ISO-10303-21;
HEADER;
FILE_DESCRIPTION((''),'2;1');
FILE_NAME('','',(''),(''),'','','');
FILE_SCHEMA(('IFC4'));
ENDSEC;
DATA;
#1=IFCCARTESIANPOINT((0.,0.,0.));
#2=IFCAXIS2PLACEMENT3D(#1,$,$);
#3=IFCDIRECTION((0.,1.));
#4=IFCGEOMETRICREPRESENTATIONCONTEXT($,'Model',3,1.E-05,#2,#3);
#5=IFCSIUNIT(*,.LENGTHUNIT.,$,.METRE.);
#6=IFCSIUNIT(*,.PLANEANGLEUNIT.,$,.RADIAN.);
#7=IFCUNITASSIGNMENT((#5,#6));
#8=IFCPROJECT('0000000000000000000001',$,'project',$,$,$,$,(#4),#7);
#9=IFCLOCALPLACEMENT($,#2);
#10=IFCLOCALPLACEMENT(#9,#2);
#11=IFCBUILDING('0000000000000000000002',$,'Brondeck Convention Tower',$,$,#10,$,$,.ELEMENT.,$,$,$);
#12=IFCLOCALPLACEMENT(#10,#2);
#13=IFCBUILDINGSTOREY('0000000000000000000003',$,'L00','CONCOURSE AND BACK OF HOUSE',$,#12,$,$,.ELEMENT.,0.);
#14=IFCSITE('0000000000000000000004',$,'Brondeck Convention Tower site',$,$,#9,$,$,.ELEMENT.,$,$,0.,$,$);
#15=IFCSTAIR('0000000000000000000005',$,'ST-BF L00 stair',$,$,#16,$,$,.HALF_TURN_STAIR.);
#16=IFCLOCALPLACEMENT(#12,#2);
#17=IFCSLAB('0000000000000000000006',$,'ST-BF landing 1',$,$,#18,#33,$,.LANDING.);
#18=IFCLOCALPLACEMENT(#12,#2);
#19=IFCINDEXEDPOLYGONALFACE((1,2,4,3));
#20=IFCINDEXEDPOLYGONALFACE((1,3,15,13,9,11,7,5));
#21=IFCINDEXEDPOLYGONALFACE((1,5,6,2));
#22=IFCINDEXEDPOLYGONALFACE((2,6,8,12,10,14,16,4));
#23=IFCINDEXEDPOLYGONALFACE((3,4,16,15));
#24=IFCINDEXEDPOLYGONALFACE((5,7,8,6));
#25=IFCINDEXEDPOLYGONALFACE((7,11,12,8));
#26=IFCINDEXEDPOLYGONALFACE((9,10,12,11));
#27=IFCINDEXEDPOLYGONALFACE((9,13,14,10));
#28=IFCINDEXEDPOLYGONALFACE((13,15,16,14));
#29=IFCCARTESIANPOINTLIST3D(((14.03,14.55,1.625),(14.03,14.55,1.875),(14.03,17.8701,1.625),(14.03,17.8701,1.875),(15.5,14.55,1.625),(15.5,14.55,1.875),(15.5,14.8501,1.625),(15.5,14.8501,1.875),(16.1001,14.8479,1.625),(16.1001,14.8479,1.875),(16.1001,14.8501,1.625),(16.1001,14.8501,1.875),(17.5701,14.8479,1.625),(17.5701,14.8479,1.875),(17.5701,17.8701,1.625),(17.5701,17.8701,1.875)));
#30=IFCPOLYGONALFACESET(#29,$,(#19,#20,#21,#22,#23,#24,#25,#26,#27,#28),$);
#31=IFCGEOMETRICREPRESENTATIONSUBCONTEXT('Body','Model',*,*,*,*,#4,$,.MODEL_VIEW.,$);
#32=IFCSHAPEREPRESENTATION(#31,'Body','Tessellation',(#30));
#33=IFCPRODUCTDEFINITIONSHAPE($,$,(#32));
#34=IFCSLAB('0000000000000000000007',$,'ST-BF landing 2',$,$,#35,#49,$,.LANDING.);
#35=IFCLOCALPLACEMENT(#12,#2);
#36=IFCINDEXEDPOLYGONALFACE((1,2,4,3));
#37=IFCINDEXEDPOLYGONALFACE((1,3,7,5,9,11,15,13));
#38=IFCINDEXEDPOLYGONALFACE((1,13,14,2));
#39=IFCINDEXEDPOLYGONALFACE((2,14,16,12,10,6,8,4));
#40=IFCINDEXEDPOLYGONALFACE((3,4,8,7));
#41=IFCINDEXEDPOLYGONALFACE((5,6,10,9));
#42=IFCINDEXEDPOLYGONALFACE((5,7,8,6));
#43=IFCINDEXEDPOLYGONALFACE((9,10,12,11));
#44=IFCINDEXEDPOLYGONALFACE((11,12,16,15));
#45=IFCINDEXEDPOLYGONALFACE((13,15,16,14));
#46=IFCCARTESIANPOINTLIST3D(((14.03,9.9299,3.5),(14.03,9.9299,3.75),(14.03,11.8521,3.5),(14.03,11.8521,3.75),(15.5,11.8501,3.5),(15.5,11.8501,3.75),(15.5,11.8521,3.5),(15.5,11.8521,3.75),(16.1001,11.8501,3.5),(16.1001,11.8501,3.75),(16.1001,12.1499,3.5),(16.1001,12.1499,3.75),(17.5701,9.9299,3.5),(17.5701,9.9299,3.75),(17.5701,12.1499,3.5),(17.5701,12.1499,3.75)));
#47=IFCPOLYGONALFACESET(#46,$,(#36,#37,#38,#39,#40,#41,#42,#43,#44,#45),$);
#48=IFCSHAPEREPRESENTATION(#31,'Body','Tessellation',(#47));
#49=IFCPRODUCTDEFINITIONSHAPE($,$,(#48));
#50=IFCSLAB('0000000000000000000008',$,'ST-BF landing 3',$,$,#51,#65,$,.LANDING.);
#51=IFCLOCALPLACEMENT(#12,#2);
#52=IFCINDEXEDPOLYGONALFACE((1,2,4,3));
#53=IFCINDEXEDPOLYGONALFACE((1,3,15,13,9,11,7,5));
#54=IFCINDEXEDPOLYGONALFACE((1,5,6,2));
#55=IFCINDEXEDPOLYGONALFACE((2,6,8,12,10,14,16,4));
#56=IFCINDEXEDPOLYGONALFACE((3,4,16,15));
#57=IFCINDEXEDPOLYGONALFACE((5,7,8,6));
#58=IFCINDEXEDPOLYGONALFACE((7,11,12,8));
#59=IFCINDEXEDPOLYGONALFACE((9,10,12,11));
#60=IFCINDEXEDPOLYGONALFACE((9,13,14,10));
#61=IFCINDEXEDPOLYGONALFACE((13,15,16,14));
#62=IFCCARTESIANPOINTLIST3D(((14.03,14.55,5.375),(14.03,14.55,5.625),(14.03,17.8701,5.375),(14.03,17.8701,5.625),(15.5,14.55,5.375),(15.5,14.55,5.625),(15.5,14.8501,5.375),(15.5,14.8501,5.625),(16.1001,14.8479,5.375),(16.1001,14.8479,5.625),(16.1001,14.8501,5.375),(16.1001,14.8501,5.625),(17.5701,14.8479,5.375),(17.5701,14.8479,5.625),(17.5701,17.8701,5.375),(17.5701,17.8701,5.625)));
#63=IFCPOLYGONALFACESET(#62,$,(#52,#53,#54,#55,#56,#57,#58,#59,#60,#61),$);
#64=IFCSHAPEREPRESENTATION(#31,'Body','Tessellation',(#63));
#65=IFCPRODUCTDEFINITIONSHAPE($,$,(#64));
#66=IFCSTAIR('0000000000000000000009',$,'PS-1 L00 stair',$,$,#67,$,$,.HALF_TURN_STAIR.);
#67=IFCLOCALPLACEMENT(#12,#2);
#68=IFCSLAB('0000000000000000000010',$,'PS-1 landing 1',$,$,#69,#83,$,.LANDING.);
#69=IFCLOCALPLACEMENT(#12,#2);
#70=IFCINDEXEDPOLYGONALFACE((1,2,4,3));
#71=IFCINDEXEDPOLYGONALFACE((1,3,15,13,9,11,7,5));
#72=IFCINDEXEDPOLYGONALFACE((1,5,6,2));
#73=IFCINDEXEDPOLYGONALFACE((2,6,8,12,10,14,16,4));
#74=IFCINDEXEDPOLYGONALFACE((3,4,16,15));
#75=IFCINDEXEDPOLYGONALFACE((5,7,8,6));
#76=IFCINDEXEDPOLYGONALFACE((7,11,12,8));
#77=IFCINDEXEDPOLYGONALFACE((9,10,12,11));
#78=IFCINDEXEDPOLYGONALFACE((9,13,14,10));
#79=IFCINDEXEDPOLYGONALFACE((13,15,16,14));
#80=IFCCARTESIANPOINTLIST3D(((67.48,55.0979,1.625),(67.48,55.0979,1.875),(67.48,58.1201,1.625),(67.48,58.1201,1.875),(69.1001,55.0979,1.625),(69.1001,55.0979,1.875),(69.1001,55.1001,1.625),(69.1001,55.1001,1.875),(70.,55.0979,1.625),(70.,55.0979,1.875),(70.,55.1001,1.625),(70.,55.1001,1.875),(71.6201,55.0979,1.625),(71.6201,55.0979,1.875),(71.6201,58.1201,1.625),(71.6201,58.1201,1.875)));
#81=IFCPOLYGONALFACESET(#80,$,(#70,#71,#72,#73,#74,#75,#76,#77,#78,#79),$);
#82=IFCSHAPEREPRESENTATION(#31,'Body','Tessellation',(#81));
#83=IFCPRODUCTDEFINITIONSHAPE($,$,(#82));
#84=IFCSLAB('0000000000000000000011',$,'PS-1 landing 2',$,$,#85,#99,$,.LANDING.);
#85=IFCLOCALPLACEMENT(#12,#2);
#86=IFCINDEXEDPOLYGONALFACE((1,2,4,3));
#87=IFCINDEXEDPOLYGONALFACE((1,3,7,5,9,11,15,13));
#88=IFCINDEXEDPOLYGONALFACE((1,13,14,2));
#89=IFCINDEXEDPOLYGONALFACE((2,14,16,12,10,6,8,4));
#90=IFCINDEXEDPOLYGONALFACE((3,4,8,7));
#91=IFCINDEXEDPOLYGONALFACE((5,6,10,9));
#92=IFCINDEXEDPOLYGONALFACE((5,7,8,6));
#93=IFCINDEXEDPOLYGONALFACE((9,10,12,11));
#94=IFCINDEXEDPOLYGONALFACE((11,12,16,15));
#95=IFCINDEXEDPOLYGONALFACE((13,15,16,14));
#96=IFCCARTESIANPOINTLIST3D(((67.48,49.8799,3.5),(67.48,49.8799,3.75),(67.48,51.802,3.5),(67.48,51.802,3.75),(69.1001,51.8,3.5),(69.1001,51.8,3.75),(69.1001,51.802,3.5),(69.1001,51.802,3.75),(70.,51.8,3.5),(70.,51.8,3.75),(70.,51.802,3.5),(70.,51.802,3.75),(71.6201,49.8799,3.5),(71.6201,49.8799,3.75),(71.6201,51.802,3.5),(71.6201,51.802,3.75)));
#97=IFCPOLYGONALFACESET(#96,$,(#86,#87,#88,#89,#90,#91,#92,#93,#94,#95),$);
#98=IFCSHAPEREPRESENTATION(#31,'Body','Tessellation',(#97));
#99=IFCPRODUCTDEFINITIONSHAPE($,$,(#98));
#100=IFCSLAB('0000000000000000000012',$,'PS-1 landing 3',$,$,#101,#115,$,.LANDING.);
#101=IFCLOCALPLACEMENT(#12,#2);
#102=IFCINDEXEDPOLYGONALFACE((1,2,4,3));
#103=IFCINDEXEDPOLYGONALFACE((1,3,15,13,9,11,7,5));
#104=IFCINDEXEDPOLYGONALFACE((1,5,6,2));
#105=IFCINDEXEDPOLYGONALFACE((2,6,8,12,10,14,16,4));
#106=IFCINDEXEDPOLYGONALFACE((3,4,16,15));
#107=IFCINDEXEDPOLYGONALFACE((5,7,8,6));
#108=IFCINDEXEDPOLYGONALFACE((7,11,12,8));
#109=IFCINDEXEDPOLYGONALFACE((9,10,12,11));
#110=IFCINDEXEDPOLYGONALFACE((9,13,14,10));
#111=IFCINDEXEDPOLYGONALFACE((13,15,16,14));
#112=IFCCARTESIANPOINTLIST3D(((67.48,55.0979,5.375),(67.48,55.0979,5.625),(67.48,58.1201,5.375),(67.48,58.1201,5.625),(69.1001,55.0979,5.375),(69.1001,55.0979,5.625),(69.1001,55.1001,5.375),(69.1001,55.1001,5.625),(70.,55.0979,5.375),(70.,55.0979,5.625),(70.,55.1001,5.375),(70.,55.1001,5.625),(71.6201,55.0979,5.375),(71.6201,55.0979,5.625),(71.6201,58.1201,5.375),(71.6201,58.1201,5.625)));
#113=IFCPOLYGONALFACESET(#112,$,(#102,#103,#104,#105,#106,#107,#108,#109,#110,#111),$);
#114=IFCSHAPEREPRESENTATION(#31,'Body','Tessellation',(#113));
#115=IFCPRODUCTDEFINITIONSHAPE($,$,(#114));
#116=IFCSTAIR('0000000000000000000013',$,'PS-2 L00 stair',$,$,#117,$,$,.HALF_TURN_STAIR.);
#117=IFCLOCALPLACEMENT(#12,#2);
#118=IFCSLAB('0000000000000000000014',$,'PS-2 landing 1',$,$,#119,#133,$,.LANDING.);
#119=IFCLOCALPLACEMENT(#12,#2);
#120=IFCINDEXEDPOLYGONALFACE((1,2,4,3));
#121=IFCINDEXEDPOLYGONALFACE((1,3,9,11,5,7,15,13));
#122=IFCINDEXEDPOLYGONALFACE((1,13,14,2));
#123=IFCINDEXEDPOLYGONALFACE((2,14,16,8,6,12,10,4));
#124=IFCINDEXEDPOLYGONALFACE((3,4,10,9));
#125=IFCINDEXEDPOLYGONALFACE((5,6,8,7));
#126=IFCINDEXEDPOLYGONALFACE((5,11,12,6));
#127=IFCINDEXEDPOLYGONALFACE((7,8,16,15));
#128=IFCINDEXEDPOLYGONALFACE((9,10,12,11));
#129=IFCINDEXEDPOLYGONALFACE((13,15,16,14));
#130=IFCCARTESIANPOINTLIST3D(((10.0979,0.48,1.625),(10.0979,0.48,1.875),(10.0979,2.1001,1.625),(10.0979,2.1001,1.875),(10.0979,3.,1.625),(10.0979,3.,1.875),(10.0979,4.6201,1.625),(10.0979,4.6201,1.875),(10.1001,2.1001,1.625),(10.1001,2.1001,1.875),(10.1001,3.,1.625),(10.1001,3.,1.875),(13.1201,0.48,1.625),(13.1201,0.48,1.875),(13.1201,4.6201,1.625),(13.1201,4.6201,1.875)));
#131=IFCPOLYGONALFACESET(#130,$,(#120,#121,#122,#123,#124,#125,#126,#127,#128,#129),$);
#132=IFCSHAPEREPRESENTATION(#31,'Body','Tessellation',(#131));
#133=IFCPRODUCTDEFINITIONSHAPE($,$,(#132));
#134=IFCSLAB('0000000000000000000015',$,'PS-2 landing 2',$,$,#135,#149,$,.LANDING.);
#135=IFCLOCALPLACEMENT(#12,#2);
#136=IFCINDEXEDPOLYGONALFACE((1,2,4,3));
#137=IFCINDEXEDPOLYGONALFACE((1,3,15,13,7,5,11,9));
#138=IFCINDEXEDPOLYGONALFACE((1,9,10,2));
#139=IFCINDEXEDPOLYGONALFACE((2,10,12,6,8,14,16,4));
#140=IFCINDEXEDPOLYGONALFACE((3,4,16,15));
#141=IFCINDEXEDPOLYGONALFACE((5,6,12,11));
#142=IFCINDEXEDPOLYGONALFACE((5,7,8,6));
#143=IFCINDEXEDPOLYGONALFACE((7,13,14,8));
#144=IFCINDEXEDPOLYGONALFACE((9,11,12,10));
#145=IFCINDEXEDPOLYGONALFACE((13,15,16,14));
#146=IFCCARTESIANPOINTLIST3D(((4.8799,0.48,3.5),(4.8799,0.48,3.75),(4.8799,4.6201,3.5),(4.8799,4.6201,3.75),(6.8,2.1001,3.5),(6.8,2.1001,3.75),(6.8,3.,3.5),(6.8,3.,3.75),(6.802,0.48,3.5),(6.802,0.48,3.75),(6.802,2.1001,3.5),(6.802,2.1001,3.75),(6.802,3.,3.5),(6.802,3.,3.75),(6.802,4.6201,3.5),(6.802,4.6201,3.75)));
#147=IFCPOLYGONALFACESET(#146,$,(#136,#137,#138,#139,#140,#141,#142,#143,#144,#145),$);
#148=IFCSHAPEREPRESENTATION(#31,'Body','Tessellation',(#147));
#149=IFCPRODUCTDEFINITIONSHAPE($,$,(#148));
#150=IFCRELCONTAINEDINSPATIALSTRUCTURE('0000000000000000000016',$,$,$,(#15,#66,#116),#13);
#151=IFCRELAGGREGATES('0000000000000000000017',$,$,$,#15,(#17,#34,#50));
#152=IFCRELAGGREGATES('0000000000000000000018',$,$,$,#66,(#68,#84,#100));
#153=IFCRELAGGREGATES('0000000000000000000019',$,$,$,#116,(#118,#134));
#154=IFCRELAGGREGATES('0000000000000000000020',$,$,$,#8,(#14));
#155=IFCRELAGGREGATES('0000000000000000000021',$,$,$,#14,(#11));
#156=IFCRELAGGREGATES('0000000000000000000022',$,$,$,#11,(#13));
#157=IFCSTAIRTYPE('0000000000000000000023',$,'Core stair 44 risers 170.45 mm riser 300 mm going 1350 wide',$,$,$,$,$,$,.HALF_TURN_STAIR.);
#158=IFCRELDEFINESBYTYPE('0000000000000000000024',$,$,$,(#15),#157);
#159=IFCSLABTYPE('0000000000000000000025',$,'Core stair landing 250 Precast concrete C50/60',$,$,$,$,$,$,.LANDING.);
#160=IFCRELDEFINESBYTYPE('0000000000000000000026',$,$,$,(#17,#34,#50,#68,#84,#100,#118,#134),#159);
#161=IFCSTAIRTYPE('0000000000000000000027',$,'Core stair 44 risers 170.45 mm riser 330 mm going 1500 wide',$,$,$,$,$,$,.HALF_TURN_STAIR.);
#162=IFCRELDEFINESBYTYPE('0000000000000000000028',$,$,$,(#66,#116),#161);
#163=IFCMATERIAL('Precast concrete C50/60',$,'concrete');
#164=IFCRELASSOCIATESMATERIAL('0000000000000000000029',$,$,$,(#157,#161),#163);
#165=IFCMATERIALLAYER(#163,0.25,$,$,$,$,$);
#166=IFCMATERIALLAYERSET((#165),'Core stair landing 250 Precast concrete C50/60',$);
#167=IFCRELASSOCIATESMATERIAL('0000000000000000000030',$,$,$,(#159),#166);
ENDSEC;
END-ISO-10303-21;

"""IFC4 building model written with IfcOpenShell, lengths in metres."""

from ifc_helpers import new_model, si_unit, direction, frame, origin, place, context, subcontext, project, spatial, polyline, outline, extrude, material, layer, layer_set, type_object, element, aggregate, save


model = new_model("IFC4")

# Units and contexts
model_context = context("Model", 3, precision=1e-05, world=origin(), true_north=direction((0.0, 1.0)))
body_context = subcontext(model_context, "Body", "Model", "MODEL_VIEW")
ifc_project = project(units=[si_unit("LENGTHUNIT", "METRE"), si_unit("PLANEANGLEUNIT", "RADIAN")], contexts=[model_context])

# Site, building, storey
site_placement = place(None, origin())
site = spatial("IfcSite", under=ifc_project, at=site_placement, Name="Brondeck Convention Tower site", CompositionType="ELEMENT", RefElevation=0.0)
building_placement = place(site_placement, origin())
building = spatial("IfcBuilding", under=site, at=building_placement, Name="Brondeck Convention Tower", CompositionType="ELEMENT")
storey_placement = place(building_placement, origin())
storey = spatial("IfcBuildingStorey", under=building, at=storey_placement, Name="L00", Description="CONCOURSE AND BACK OF HOUSE", CompositionType="ELEMENT", Elevation=0.0)

# Stairs, slabs
ifc_material_1 = material(Name="Precast concrete C50/60", Category="concrete")
stair_type_1 = type_object("IfcStairType", Name="Core stair 44 risers 170.45 mm riser 300 mm going 1350 wide", PredefinedType="HALF_TURN_STAIR", material=ifc_material_1)
ifc_layer_1 = layer(ifc_material_1, 0.25)
ifc_layer_set_1 = layer_set([ifc_layer_1], Name="Core stair landing 250 Precast concrete C50/60")
slab_type_1 = type_object("IfcSlabType", Name="Core stair landing 250 Precast concrete C50/60", PredefinedType="LANDING", material=ifc_layer_set_1)
stair_1_placement = place(storey_placement, origin())
stair_1 = element("IfcStair", 1, at=stair_1_placement, inside=storey, type_object=stair_type_1, Name="ST-BF L00 stair", PredefinedType="HALF_TURN_STAIR")
slab_1_placement = place(storey_placement, frame((0.0, 0.0, 1.625)))
slab_1 = element("IfcSlab", 2, at=slab_1_placement, type_object=slab_type_1, Name="ST-BF landing 1", PredefinedType="LANDING", context=body_context, shape_type="SweptSolid", body=[
    extrude(outline(polyline([(14.03, 14.55), (14.03, 17.8701), (17.5701, 17.8701), (17.5701, 14.8479), (16.1001, 14.8479), (16.1001, 14.8501), (15.5, 14.8501), (15.5, 14.55), (14.03, 14.55)])), origin(), (0.0, 0.0, 1.0), 0.25),
])
slab_2_placement = place(storey_placement, frame((0.0, 0.0, 3.5)))
slab_2 = element("IfcSlab", 3, at=slab_2_placement, type_object=slab_type_1, Name="ST-BF landing 2", PredefinedType="LANDING", context=body_context, shape_type="SweptSolid", body=[
    extrude(outline(polyline([(17.5701, 9.9299), (14.03, 9.9299), (14.03, 11.8521), (15.5, 11.8521), (15.5, 11.8501), (16.1001, 11.8501), (16.1001, 12.1499), (17.5701, 12.1499), (17.5701, 9.9299)])), origin(), (0.0, 0.0, 1.0), 0.25),
])
slab_3_placement = place(storey_placement, frame((0.0, 0.0, 5.375)))
slab_3 = element("IfcSlab", 4, at=slab_3_placement, type_object=slab_type_1, Name="ST-BF landing 3", PredefinedType="LANDING", context=body_context, shape_type="SweptSolid", body=[
    extrude(outline(polyline([(14.03, 14.55), (14.03, 17.8701), (17.5701, 17.8701), (17.5701, 14.8479), (16.1001, 14.8479), (16.1001, 14.8501), (15.5, 14.8501), (15.5, 14.55), (14.03, 14.55)])), origin(), (0.0, 0.0, 1.0), 0.25),
])
aggregate(stair_1, [slab_1, slab_2, slab_3])
stair_type_2 = type_object("IfcStairType", Name="Core stair 44 risers 170.45 mm riser 330 mm going 1500 wide", PredefinedType="HALF_TURN_STAIR", material=ifc_material_1)
stair_2_placement = place(storey_placement, origin())
stair_2 = element("IfcStair", 5, at=stair_2_placement, inside=storey, type_object=stair_type_2, Name="PS-1 L00 stair", PredefinedType="HALF_TURN_STAIR")
slab_4_placement = place(storey_placement, frame((0.0, 0.0, 1.625)))
slab_4 = element("IfcSlab", 6, at=slab_4_placement, type_object=slab_type_1, Name="PS-1 landing 1", PredefinedType="LANDING", context=body_context, shape_type="SweptSolid", body=[
    extrude(outline(polyline([(69.1001, 55.0979), (67.48, 55.0979), (67.48, 58.1201), (71.6201, 58.1201), (71.6201, 55.0979), (70.0, 55.0979), (70.0, 55.1001), (69.1001, 55.1001), (69.1001, 55.0979)])), origin(), (0.0, 0.0, 1.0), 0.25),
])
slab_5_placement = place(storey_placement, frame((0.0, 0.0, 3.5)))
slab_5 = element("IfcSlab", 7, at=slab_5_placement, type_object=slab_type_1, Name="PS-1 landing 2", PredefinedType="LANDING", context=body_context, shape_type="SweptSolid", body=[
    extrude(outline(polyline([(71.6201, 49.8799), (67.48, 49.8799), (67.48, 51.802), (69.1001, 51.802), (69.1001, 51.8), (70.0, 51.8), (70.0, 51.802), (71.6201, 51.802), (71.6201, 49.8799)])), origin(), (0.0, 0.0, 1.0), 0.25),
])
slab_6_placement = place(storey_placement, frame((0.0, 0.0, 5.375)))
slab_6 = element("IfcSlab", 8, at=slab_6_placement, type_object=slab_type_1, Name="PS-1 landing 3", PredefinedType="LANDING", context=body_context, shape_type="SweptSolid", body=[
    extrude(outline(polyline([(69.1001, 55.0979), (67.48, 55.0979), (67.48, 58.1201), (71.6201, 58.1201), (71.6201, 55.0979), (70.0, 55.0979), (70.0, 55.1001), (69.1001, 55.1001), (69.1001, 55.0979)])), origin(), (0.0, 0.0, 1.0), 0.25),
])
aggregate(stair_2, [slab_4, slab_5, slab_6])
stair_3_placement = place(storey_placement, origin())
stair_3 = element("IfcStair", 9, at=stair_3_placement, inside=storey, type_object=stair_type_2, Name="PS-2 L00 stair", PredefinedType="HALF_TURN_STAIR")
slab_7_placement = place(storey_placement, frame((0.0, 0.0, 1.625)))
slab_7 = element("IfcSlab", 10, at=slab_7_placement, type_object=slab_type_1, Name="PS-2 landing 1", PredefinedType="LANDING", context=body_context, shape_type="SweptSolid", body=[
    extrude(outline(polyline([(10.0979, 0.48), (10.0979, 2.1001), (10.1001, 2.1001), (10.1001, 3.0), (10.0979, 3.0), (10.0979, 4.6201), (13.1201, 4.6201), (13.1201, 0.48), (10.0979, 0.48)])), origin(), (0.0, 0.0, 1.0), 0.25),
])
slab_8_placement = place(storey_placement, frame((0.0, 0.0, 3.5)))
slab_8 = element("IfcSlab", 11, at=slab_8_placement, type_object=slab_type_1, Name="PS-2 landing 2", PredefinedType="LANDING", context=body_context, shape_type="SweptSolid", body=[
    extrude(outline(polyline([(4.8799, 0.48), (4.8799, 4.6201), (6.802, 4.6201), (6.802, 3.0), (6.8, 3.0), (6.8, 2.1001), (6.802, 2.1001), (6.802, 0.48), (4.8799, 0.48)])), origin(), (0.0, 0.0, 1.0), 0.25),
])
aggregate(stair_3, [slab_7, slab_8])

save(model, "model.ifc")
